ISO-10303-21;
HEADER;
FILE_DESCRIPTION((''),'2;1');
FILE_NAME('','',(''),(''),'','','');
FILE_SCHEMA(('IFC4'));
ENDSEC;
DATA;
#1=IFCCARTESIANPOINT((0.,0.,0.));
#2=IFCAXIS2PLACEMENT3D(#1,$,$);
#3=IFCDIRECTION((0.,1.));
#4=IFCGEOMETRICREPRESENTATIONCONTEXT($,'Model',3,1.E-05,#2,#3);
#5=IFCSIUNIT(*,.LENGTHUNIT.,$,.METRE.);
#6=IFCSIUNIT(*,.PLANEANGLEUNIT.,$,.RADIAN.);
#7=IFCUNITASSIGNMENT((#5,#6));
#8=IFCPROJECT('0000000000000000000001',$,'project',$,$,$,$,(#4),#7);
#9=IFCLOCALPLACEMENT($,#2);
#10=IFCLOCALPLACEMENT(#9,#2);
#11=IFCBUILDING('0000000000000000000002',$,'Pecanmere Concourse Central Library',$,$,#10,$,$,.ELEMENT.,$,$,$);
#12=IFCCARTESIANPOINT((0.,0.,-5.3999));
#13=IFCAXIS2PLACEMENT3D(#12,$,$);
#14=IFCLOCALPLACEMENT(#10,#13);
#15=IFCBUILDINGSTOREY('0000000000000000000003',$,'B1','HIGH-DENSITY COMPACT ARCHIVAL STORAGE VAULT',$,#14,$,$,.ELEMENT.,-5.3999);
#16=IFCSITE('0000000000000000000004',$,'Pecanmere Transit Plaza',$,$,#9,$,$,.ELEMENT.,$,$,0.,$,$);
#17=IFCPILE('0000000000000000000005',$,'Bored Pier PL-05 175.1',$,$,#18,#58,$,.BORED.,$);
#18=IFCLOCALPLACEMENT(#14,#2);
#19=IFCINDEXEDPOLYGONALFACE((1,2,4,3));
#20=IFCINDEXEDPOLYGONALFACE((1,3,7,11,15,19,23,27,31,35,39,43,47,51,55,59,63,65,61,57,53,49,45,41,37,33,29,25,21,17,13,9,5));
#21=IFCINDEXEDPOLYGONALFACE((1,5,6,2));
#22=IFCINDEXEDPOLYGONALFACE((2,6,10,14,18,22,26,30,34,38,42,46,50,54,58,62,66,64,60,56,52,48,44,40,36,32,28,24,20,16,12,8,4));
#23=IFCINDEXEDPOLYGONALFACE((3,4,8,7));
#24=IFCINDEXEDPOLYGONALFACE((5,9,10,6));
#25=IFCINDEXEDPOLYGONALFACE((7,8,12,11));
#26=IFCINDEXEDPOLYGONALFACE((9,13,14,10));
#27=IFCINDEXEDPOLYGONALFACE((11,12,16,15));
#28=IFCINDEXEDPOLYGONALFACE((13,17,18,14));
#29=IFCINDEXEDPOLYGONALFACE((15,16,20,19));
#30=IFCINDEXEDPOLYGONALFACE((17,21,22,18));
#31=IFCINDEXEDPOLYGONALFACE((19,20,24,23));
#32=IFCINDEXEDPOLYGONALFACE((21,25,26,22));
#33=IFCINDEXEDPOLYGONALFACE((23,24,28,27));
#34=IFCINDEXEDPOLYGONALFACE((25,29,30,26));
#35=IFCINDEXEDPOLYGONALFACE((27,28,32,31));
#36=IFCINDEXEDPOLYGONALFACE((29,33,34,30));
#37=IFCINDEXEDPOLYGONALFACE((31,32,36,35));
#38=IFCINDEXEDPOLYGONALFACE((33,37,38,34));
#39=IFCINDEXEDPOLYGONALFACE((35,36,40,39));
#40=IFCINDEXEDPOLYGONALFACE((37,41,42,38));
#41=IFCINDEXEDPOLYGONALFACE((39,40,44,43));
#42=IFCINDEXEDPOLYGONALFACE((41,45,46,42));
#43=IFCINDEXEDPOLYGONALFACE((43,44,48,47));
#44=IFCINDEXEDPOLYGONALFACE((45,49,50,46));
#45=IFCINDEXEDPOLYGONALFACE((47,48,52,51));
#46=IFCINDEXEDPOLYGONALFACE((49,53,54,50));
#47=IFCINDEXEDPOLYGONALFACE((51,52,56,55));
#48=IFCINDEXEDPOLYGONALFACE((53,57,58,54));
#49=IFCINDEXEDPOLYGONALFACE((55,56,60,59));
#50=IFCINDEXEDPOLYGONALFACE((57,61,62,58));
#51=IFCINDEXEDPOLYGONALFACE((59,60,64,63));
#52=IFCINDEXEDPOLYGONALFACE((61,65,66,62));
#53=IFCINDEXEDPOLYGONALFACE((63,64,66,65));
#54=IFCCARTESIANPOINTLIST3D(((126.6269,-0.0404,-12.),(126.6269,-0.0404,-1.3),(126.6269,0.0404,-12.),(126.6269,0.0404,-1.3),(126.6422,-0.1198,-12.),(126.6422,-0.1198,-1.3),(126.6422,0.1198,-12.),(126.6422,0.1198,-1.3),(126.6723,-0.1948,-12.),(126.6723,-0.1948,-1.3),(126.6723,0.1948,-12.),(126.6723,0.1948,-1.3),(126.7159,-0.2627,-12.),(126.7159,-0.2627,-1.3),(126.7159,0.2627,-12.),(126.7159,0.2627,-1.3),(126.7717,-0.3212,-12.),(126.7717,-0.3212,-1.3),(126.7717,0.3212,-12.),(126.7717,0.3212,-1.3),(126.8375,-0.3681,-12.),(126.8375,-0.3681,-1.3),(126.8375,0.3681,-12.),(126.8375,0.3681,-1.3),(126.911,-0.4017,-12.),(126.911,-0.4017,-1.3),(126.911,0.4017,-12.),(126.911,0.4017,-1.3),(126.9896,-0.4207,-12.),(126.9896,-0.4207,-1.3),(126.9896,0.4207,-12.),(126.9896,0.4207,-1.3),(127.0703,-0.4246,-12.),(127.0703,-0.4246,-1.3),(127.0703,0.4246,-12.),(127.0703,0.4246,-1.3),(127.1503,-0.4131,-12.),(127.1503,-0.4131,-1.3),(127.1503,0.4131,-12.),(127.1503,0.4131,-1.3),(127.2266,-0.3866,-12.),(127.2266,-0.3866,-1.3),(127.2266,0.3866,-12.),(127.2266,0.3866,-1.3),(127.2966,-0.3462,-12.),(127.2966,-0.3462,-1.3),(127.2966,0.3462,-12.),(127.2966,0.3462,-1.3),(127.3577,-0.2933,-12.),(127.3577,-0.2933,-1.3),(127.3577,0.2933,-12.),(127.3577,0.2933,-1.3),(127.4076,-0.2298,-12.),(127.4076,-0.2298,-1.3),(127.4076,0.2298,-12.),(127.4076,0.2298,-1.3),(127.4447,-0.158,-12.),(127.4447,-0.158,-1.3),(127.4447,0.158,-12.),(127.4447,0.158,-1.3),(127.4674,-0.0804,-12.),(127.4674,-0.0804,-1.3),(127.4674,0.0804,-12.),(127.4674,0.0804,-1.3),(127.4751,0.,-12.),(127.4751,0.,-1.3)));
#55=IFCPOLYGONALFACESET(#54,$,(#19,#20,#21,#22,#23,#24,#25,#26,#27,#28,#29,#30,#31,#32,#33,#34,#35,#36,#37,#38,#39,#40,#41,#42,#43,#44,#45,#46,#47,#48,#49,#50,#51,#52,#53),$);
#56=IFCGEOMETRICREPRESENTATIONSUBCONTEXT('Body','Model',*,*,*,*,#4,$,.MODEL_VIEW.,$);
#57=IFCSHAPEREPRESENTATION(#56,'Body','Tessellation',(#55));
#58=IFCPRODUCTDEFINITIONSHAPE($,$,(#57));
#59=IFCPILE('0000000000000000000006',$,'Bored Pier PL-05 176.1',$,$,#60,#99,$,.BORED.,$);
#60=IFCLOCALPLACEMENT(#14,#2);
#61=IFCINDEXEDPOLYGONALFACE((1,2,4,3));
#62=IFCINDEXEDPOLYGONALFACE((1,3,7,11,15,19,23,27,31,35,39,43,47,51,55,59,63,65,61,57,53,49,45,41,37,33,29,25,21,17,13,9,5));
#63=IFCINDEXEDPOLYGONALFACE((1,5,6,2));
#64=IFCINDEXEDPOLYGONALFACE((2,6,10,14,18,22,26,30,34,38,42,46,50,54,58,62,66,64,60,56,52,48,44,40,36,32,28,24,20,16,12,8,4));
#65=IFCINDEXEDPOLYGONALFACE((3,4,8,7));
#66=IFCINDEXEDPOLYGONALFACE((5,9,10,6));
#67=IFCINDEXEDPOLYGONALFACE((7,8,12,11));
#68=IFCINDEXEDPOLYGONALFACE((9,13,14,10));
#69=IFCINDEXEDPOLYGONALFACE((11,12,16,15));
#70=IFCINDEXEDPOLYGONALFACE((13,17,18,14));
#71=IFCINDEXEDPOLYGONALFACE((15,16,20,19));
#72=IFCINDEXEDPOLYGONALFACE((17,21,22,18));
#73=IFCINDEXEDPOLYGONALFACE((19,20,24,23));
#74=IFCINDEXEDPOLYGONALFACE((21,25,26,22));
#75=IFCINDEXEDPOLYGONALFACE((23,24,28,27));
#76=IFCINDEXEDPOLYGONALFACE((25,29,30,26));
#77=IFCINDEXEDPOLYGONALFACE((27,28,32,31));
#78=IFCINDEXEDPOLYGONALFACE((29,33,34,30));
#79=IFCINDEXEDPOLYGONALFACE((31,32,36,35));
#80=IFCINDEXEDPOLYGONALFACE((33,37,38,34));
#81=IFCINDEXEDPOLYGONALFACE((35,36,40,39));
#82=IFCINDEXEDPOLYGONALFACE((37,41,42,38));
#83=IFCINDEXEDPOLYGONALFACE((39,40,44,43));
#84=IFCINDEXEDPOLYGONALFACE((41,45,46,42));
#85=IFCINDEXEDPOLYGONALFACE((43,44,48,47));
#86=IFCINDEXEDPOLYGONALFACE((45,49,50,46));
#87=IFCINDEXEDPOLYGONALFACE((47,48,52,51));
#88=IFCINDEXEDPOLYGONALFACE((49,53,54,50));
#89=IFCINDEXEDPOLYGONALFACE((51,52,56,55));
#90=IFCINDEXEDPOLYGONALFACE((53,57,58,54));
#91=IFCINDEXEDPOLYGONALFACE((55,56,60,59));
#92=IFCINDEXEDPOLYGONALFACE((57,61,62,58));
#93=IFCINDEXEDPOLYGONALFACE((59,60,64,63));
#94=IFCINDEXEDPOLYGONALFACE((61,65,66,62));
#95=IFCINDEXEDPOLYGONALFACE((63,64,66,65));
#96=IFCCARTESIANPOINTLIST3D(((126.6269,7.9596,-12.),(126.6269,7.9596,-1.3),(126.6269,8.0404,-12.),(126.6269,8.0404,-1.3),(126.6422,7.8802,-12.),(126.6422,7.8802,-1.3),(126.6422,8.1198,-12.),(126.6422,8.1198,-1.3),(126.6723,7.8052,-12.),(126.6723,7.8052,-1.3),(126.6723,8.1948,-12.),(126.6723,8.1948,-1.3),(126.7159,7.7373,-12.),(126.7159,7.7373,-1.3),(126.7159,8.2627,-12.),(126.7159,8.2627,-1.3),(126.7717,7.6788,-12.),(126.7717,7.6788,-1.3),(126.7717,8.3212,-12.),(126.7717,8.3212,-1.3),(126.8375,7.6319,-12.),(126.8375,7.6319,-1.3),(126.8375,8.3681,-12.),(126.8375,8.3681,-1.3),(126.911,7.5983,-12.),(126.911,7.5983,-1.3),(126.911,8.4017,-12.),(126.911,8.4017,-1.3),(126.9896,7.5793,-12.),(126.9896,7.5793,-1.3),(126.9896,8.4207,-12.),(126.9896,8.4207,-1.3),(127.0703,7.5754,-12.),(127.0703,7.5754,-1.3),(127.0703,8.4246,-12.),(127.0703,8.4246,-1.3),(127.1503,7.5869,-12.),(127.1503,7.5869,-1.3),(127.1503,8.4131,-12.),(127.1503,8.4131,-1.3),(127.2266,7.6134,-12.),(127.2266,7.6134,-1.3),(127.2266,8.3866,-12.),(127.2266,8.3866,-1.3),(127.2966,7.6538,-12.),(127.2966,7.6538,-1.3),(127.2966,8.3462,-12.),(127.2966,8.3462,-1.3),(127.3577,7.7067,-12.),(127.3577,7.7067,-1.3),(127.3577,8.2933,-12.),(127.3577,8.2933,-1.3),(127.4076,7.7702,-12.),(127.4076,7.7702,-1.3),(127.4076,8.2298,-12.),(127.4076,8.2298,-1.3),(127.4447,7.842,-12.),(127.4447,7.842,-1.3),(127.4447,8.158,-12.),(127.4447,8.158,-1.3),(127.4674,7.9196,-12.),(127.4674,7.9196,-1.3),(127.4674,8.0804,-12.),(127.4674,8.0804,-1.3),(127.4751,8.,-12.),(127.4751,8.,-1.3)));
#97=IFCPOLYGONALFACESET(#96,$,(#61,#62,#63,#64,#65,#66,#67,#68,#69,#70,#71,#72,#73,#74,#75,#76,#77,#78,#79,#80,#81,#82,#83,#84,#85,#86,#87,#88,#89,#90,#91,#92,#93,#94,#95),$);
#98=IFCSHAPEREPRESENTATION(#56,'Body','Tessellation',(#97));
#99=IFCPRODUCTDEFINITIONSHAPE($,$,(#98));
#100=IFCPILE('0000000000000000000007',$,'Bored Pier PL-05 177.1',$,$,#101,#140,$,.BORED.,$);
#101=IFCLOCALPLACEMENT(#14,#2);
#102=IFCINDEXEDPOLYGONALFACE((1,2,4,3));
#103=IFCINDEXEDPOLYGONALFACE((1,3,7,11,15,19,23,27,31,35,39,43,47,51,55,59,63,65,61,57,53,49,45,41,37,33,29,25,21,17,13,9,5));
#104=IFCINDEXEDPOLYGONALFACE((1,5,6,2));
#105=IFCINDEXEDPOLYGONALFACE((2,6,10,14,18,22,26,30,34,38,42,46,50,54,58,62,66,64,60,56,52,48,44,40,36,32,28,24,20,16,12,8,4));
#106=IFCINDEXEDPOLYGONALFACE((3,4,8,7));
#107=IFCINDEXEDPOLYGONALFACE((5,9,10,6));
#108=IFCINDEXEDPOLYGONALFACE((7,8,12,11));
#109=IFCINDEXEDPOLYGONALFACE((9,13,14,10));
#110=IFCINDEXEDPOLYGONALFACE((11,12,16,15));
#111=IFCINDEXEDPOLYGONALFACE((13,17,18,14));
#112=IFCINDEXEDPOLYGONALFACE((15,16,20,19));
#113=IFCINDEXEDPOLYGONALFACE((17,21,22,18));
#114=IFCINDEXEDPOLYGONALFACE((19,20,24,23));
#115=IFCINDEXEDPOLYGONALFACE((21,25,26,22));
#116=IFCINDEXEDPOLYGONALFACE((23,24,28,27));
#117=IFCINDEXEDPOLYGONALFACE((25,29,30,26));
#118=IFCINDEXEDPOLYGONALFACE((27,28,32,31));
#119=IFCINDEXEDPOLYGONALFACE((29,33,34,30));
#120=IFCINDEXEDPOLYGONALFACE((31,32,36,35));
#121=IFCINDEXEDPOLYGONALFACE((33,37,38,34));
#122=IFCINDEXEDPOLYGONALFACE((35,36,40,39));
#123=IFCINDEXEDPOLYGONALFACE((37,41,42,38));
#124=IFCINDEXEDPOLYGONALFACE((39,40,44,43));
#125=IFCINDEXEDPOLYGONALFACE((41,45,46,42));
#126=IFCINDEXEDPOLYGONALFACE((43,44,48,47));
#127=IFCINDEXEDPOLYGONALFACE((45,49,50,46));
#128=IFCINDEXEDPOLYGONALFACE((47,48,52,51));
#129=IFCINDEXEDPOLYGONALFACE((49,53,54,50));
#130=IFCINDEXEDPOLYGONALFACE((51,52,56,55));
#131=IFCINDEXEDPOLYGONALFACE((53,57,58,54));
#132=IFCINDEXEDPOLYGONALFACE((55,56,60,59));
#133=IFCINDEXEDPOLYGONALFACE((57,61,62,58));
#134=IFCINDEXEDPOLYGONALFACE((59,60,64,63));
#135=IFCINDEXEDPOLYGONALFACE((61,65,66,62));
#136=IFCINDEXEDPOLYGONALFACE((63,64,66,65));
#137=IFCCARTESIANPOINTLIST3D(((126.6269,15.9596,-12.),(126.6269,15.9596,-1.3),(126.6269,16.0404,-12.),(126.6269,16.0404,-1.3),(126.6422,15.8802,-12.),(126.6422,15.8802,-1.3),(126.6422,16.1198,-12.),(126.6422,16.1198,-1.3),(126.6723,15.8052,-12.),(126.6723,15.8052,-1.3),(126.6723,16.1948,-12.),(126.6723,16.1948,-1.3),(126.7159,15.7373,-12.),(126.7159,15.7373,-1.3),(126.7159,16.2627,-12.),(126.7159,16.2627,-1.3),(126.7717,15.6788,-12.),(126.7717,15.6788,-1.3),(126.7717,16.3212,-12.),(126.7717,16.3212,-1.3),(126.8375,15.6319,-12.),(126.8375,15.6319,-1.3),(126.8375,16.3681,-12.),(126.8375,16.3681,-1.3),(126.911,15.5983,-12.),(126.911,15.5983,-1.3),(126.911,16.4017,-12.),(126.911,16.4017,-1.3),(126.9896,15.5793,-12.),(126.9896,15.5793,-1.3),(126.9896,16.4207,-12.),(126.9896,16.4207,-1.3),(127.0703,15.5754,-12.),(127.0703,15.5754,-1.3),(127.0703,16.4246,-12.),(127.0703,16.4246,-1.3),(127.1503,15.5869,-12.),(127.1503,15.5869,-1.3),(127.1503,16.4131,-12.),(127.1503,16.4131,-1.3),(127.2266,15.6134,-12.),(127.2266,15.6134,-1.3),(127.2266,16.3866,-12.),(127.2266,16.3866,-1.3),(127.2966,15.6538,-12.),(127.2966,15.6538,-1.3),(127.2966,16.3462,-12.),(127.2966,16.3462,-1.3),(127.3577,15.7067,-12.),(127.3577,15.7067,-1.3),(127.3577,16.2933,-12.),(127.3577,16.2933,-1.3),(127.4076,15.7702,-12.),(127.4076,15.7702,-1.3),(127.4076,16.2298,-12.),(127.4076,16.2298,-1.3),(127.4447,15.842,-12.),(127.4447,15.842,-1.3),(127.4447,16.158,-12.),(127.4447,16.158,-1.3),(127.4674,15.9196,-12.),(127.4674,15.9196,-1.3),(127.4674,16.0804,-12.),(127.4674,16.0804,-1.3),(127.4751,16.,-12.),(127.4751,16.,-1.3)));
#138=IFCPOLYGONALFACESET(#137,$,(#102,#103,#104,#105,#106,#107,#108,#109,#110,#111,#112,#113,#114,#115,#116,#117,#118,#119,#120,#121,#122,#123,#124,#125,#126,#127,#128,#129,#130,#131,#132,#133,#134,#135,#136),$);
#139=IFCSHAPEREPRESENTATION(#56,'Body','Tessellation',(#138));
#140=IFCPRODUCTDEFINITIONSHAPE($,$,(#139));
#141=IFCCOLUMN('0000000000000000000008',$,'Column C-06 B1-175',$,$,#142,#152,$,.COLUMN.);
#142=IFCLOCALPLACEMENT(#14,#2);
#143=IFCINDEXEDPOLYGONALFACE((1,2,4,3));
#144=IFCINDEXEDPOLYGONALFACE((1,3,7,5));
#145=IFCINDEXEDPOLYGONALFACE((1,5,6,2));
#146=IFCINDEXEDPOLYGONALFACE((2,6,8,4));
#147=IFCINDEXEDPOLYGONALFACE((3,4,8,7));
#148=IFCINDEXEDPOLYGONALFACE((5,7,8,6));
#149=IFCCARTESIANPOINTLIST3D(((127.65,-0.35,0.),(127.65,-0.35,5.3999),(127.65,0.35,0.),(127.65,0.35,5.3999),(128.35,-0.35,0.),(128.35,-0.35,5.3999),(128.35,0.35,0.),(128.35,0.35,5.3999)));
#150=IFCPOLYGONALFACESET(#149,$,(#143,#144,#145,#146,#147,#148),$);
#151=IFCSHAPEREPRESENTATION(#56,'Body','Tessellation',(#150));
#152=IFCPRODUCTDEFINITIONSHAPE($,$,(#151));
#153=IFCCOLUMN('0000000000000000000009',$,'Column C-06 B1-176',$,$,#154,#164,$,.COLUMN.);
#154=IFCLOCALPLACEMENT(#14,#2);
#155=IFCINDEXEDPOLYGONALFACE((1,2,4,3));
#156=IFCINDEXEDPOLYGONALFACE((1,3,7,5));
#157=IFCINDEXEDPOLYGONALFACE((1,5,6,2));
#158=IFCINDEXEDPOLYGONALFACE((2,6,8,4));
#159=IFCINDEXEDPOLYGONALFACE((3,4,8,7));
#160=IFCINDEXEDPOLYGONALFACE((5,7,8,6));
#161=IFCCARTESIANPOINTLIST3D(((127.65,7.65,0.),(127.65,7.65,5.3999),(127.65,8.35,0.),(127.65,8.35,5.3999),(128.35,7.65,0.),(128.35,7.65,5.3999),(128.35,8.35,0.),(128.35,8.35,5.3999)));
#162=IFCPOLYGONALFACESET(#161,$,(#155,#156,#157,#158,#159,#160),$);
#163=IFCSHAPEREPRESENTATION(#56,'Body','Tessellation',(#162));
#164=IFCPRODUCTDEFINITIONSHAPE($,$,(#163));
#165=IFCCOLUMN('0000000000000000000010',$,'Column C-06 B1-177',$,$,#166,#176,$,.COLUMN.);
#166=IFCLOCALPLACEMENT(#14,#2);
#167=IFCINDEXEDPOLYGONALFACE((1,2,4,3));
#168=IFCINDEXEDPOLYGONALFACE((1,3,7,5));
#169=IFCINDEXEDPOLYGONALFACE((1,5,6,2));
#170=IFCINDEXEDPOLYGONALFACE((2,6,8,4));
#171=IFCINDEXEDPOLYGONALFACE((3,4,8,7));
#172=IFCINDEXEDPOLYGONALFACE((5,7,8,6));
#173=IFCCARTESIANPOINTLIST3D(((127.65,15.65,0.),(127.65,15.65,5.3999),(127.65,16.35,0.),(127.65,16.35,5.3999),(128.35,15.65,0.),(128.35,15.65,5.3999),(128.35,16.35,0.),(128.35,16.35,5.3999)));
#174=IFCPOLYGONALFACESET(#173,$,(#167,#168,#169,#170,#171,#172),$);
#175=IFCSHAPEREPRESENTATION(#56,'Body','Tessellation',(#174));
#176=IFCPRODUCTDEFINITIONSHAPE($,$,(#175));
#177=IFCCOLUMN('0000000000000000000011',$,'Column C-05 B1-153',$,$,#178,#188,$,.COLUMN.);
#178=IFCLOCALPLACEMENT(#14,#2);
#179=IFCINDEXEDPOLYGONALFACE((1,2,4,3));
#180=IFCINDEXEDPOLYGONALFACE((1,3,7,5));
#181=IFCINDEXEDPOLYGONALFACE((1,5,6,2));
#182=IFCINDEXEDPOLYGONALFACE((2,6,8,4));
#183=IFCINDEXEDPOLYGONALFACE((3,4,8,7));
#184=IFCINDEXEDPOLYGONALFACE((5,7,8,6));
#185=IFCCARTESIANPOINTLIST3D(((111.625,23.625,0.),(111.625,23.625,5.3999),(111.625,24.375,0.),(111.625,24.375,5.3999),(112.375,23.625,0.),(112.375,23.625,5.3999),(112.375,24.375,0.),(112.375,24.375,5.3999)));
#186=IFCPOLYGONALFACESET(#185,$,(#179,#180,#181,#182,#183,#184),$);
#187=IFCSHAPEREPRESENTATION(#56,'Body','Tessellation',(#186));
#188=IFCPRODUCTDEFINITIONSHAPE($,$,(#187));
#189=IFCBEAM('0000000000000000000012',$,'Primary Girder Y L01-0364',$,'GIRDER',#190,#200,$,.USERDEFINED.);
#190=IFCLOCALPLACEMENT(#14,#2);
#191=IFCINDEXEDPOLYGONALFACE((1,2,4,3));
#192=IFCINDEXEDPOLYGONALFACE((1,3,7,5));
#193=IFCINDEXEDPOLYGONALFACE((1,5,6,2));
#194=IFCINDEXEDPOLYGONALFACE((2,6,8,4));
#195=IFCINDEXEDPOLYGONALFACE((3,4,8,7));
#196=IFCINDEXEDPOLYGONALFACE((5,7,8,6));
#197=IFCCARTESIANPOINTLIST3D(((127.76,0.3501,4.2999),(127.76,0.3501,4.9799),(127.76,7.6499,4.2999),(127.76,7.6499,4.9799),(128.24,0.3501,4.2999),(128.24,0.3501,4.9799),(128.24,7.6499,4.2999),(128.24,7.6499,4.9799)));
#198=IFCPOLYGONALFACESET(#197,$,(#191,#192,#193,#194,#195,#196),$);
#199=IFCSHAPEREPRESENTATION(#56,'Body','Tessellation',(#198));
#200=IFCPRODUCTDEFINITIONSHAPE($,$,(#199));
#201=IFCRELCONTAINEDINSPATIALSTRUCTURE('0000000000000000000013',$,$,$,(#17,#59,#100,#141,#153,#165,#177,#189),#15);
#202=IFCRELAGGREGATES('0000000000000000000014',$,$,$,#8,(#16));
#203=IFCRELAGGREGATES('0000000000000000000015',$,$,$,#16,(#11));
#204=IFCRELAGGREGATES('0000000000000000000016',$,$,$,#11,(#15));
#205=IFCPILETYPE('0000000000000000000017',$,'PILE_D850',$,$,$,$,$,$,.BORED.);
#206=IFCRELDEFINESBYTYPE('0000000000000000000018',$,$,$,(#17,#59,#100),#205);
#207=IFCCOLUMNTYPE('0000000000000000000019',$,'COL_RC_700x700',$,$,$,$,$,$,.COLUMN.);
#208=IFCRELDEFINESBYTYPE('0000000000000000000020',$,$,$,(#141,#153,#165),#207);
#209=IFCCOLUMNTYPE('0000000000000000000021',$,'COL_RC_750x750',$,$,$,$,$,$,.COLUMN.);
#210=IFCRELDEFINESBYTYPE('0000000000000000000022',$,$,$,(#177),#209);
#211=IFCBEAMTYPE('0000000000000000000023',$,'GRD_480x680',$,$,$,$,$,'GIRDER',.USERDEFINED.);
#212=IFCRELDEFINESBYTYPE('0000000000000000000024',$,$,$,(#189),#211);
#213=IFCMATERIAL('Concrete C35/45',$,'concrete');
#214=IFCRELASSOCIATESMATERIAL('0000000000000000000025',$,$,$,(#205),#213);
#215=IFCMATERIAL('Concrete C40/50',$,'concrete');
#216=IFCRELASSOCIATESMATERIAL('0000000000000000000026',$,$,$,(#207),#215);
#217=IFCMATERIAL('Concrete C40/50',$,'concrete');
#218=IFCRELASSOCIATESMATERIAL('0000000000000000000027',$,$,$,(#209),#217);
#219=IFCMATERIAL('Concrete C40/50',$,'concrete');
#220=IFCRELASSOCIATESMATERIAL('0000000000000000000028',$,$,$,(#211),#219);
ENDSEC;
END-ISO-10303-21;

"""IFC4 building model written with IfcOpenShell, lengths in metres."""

from ifc_helpers import new_model, si_unit, direction, frame, origin, origin_2d, place, context, subcontext, project, spatial, rectangle, circle, extrude, material, material_profile, profile_set, type_object, element, save


model = new_model("IFC4")

# Units and contexts
model_context = context("Model", 3, precision=1e-05, world=origin(), true_north=direction((0.0, 1.0)))
body_context = subcontext(model_context, "Body", "Model", "MODEL_VIEW")
ifc_project = project(units=[si_unit("LENGTHUNIT", "METRE"), si_unit("PLANEANGLEUNIT", "RADIAN")], contexts=[model_context])

# Site, building, storey
site_placement = place(None, origin())
site = spatial("IfcSite", under=ifc_project, at=site_placement, Name="Pecanmere Transit Plaza", CompositionType="ELEMENT", RefElevation=0.0)
building_placement = place(site_placement, origin())
building = spatial("IfcBuilding", under=site, at=building_placement, Name="Pecanmere Concourse Central Library", CompositionType="ELEMENT")
storey_placement = place(building_placement, frame((0.0, 0.0, -5.3999)))
storey = spatial("IfcBuildingStorey", under=building, at=storey_placement, Name="B1", Description="HIGH-DENSITY COMPACT ARCHIVAL STORAGE VAULT", CompositionType="ELEMENT", Elevation=-5.3999)

# Piles
ifc_material_1 = material(Name="Concrete C35/45", Category="concrete")
ifc_material_profile_1 = material_profile(ifc_material_1, circle(Radius=0.425, at=origin_2d()), Name="PIER D850")
ifc_profile_set_1 = profile_set([ifc_material_profile_1], Name="Concrete C35/45")
pile_type_1 = type_object("IfcPileType", Name="PILE_D850", PredefinedType="BORED", material=ifc_profile_set_1)
for number, where, z_axis, x_axis, name in (
    (1, (127.05, 0.0, -1.3), (0.0, 0.0, -1.0), (1.0, 0.0, 0.0), "Bored Pier PL-05 175.1"),
    (2, (127.05, 8.0, -1.3), (0.0, 0.0, -1.0), (1.0, 0.0, 0.0), "Bored Pier PL-05 176.1"),
    (3, (127.05, 16.0, -1.3), (0.0, 0.0, -1.0), (1.0, 0.0, 0.0), "Bored Pier PL-05 177.1"),
):
    element("IfcPile", number, at=place(storey_placement, frame(where, z_axis=z_axis, x_axis=x_axis)), inside=storey, type_object=pile_type_1, Name=name, PredefinedType="BORED", context=body_context, shape_type="SweptSolid", body=[
        extrude(circle(Radius=0.425, at=origin_2d()), origin(), (0.0, 0.0, 1.0), 10.7),
    ])

# Columns
ifc_material_2 = material(Name="Concrete C40/50", Category="concrete")
ifc_material_profile_2 = material_profile(ifc_material_2, rectangle(XDim=0.7, YDim=0.7, at=origin_2d()), Name="RC 700x700")
ifc_profile_set_2 = profile_set([ifc_material_profile_2], Name="Concrete C40/50")
column_type_1 = type_object("IfcColumnType", Name="COL_RC_700x700", PredefinedType="COLUMN", material=ifc_profile_set_2)
for number, where, z_axis, x_axis, name in (
    (4, (128.0, 0.0, 0.0), (0.0, 0.0, 1.0), (1.0, 0.0, 0.0), "Column C-06 B1-175"),
    (5, (128.0, 8.0, 0.0), (0.0, 0.0, 1.0), (1.0, 0.0, 0.0), "Column C-06 B1-176"),
    (6, (128.0, 16.0, 0.0), (0.0, 0.0, 1.0), (1.0, 0.0, 0.0), "Column C-06 B1-177"),
):
    element("IfcColumn", number, at=place(storey_placement, frame(where, z_axis=z_axis, x_axis=x_axis)), inside=storey, type_object=column_type_1, Name=name, PredefinedType="COLUMN", context=body_context, shape_type="SweptSolid", body=[
        extrude(rectangle(XDim=0.7, YDim=0.7, at=origin_2d()), origin(), (0.0, 0.0, 1.0), 5.3999),
    ])
ifc_material_3 = material(Name="Concrete C40/50", Category="concrete")
ifc_material_profile_3 = material_profile(ifc_material_3, rectangle(XDim=0.75, YDim=0.75, at=origin_2d()), Name="RC 750x750")
ifc_profile_set_3 = profile_set([ifc_material_profile_3], Name="Concrete C40/50")
column_type_2 = type_object("IfcColumnType", Name="COL_RC_750x750", PredefinedType="COLUMN", material=ifc_profile_set_3)
column_placement = place(storey_placement, frame((112.0, 24.0, 0.0), z_axis=(0.0, 0.0, 1.0), x_axis=(1.0, 0.0, 0.0)))
element("IfcColumn", 7, at=column_placement, inside=storey, type_object=column_type_2, Name="Column C-05 B1-153", PredefinedType="COLUMN", context=body_context, shape_type="SweptSolid", body=[
    extrude(rectangle(XDim=0.75, YDim=0.75, at=origin_2d()), origin(), (0.0, 0.0, 1.0), 5.3999),
])

# Beam
ifc_material_4 = material(Name="Concrete C40/50", Category="concrete")
ifc_material_profile_4 = material_profile(ifc_material_4, rectangle(XDim=0.48, YDim=0.6799, at=origin_2d()), Name="RC 480x680")
ifc_profile_set_4 = profile_set([ifc_material_profile_4], Name="Concrete C40/50")
beam_type_1 = type_object("IfcBeamType", Name="GRD_480x680", ElementType="GIRDER", PredefinedType="USERDEFINED", material=ifc_profile_set_4)
for number, where, z_axis, x_axis, name in (
    (8, (128.0, 0.3501, 4.6399), (0.0, 1.0, 0.0), (-1.0, 0.0, 0.0), "Primary Girder Y L01-0364"),
):
    element("IfcBeam", number, at=place(storey_placement, frame(where, z_axis=z_axis, x_axis=x_axis)), inside=storey, type_object=beam_type_1, Name=name, ObjectType="GIRDER", PredefinedType="USERDEFINED", context=body_context, shape_type="SweptSolid", body=[
        extrude(rectangle(XDim=0.48, YDim=0.6799, at=origin_2d()), origin(), (0.0, 0.0, 1.0), 7.2998),
    ])

save(model, "model.ifc")
